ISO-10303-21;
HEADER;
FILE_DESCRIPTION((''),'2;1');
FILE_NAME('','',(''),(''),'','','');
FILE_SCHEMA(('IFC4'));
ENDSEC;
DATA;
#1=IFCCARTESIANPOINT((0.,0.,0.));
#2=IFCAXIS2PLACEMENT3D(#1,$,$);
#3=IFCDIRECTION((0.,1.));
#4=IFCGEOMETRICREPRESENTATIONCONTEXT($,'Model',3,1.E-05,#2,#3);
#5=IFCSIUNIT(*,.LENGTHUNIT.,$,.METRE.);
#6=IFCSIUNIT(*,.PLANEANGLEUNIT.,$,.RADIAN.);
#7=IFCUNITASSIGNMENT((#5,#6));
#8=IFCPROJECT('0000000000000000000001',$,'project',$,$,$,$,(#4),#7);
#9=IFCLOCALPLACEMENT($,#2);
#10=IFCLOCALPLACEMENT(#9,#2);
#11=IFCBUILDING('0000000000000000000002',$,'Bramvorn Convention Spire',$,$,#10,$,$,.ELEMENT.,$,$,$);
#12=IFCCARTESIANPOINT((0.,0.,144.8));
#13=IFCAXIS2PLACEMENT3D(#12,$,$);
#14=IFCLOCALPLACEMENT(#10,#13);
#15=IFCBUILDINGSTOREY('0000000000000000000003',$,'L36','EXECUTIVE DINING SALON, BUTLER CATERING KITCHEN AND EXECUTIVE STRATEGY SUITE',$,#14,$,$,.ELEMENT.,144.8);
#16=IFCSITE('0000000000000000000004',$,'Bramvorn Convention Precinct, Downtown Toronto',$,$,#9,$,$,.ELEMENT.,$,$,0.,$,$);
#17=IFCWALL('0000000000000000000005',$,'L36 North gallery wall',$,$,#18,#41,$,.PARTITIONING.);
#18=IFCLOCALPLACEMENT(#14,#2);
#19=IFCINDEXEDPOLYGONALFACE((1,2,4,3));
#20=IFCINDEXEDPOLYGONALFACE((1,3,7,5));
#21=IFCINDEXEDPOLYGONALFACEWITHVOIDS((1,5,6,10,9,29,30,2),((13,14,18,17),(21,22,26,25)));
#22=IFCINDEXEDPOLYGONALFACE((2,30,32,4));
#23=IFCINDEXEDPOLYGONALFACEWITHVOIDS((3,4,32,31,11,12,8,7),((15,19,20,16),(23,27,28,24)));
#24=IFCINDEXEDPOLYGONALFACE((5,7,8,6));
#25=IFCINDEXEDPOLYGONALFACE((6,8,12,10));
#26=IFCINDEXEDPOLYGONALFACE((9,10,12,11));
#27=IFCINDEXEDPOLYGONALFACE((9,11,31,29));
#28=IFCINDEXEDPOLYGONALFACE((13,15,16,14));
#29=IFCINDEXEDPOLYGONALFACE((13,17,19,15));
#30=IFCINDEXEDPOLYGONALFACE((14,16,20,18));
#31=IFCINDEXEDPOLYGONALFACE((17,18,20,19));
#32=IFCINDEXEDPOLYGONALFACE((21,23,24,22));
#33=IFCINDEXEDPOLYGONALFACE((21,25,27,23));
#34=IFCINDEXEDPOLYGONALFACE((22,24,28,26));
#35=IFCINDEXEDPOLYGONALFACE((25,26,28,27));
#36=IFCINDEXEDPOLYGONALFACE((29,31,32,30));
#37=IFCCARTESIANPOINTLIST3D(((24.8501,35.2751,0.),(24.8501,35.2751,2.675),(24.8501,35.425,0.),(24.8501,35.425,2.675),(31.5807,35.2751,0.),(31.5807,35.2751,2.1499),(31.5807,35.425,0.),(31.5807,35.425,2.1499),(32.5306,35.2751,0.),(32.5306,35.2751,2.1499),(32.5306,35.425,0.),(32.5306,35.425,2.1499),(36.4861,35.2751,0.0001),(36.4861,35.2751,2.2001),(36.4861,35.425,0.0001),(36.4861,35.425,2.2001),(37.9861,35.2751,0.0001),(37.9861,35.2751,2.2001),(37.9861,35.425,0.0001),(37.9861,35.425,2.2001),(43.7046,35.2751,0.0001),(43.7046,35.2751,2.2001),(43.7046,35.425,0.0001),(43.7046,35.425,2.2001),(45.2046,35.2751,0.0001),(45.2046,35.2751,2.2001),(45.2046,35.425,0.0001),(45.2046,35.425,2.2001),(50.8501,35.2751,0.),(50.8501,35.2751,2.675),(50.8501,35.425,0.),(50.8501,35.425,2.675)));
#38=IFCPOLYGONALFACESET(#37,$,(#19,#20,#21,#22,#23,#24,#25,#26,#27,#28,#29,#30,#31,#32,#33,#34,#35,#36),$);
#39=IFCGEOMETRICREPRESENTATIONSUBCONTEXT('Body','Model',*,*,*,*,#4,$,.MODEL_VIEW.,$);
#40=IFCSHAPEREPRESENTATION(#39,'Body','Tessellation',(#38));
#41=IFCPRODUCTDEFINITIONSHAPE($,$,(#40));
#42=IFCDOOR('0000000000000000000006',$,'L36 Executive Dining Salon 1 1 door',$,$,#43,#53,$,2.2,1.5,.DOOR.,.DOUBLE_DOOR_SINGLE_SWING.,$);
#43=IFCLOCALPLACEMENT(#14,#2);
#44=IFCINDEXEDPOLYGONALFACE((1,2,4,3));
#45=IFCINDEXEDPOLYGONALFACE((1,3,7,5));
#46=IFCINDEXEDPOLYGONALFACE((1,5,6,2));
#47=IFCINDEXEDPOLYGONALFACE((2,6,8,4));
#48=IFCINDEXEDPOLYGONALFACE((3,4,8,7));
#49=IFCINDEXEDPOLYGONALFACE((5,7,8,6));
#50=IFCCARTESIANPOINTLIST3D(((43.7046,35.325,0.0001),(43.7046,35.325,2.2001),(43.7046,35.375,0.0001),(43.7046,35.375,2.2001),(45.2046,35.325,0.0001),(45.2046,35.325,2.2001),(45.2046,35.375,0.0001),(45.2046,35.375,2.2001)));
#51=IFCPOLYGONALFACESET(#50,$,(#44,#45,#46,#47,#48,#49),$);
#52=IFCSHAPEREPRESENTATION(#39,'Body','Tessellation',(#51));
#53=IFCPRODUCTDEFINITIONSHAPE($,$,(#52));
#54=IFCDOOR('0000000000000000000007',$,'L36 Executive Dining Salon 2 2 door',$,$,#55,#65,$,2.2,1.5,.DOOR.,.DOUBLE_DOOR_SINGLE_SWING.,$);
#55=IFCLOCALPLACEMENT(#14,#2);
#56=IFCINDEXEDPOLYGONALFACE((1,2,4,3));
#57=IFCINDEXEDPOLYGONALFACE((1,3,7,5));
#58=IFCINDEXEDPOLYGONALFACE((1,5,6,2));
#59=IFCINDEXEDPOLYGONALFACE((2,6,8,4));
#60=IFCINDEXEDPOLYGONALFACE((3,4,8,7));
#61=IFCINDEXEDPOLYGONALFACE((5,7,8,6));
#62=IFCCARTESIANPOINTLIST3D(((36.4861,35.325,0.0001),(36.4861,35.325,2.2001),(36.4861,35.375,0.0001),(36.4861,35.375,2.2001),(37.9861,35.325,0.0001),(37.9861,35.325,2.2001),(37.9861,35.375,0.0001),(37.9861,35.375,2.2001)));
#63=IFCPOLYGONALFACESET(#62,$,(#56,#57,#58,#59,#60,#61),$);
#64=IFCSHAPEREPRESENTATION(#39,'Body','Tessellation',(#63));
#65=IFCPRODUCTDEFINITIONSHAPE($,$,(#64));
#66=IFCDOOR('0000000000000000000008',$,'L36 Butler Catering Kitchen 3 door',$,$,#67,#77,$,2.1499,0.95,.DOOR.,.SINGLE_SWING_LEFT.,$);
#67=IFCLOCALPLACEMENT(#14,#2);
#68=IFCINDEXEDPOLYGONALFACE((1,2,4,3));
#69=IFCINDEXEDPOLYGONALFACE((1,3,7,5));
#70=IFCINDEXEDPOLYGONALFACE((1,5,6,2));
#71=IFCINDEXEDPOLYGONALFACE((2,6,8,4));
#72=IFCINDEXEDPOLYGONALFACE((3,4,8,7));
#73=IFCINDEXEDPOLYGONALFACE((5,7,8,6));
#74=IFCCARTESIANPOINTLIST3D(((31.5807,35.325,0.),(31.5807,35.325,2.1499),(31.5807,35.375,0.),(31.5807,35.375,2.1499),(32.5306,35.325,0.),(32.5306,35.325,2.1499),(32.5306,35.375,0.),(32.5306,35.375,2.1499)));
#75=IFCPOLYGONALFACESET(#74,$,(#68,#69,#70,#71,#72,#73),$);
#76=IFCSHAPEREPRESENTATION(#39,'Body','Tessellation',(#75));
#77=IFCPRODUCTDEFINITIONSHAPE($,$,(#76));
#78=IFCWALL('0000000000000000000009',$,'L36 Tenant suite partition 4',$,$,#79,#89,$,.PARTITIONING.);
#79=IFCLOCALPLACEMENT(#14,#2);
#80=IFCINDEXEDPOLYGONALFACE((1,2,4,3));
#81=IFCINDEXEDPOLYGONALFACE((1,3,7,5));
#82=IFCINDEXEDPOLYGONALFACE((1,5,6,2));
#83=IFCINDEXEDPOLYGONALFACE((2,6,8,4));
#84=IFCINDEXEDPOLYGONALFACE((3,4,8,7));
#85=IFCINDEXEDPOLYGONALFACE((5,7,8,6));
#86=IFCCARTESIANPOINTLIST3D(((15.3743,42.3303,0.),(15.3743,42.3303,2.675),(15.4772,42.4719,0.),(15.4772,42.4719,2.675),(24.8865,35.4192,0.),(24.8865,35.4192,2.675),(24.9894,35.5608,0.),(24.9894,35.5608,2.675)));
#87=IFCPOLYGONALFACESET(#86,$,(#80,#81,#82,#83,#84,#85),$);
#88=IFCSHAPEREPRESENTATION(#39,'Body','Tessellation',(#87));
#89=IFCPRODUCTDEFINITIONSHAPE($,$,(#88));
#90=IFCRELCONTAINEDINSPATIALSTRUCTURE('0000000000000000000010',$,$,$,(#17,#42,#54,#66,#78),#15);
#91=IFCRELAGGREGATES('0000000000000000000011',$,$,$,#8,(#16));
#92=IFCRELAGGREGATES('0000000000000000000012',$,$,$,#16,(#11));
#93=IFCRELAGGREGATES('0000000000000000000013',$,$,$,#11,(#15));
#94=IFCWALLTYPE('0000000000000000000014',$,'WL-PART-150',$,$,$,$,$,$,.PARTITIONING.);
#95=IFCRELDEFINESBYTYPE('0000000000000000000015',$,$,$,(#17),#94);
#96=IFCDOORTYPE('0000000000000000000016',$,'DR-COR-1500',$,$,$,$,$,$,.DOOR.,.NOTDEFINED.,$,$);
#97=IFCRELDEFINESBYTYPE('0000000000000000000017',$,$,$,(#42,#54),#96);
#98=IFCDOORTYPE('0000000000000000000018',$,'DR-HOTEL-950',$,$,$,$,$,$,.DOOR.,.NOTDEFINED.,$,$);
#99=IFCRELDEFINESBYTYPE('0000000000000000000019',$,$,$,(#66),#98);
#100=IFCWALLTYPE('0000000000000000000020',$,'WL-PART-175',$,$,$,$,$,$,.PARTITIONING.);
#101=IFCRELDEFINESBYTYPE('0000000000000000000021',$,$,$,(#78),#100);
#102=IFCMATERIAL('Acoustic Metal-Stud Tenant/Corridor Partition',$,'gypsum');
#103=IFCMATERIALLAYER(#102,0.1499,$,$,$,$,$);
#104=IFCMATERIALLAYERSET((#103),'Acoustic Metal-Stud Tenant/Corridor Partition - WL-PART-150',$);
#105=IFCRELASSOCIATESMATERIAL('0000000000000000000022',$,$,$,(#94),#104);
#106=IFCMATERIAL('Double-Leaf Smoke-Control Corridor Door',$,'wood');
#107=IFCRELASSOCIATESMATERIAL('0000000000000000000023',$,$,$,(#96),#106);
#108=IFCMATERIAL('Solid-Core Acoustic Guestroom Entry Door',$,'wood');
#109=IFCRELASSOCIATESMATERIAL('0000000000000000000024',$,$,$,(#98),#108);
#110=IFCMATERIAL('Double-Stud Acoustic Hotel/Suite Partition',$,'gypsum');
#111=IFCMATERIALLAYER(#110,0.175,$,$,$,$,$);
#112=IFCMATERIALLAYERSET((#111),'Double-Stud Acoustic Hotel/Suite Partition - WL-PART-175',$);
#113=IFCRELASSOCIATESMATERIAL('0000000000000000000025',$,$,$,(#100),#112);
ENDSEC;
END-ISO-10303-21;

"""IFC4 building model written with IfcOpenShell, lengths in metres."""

from ifc_helpers import new_model, si_unit, direction, frame, frame_2d, origin, place, context, subcontext, project, spatial, rectangle, extrude, material, layer, layer_set, type_object, element, fill, save


model = new_model("IFC4")

# Units and contexts
model_context = context("Model", 3, precision=1e-05, world=origin(), true_north=direction((0.0, 1.0)))
body_context = subcontext(model_context, "Body", "Model", "MODEL_VIEW")
ifc_project = project(units=[si_unit("LENGTHUNIT", "METRE"), si_unit("PLANEANGLEUNIT", "RADIAN")], contexts=[model_context])

# Site, building, storey
site_placement = place(None, origin())
site = spatial("IfcSite", under=ifc_project, at=site_placement, Name="Bramvorn Convention Precinct, Downtown Toronto", CompositionType="ELEMENT", RefElevation=0.0)
building_placement = place(site_placement, origin())
building = spatial("IfcBuilding", under=site, at=building_placement, Name="Bramvorn Convention Spire", CompositionType="ELEMENT")
storey_placement = place(building_placement, frame((0.0, 0.0, 144.8)))
storey = spatial("IfcBuildingStorey", under=building, at=storey_placement, Name="L36", Description="EXECUTIVE DINING SALON, BUTLER CATERING KITCHEN AND EXECUTIVE STRATEGY SUITE", CompositionType="ELEMENT", Elevation=144.8)

# Wall, openings, doors
ifc_material_1 = material(Name="Acoustic Metal-Stud Tenant/Corridor Partition", Category="gypsum")
ifc_layer_1 = layer(ifc_material_1, 0.1499)
ifc_layer_set_1 = layer_set([ifc_layer_1], Name="Acoustic Metal-Stud Tenant/Corridor Partition - WL-PART-150")
wall_type_1 = type_object("IfcWallType", Name="WL-PART-150", PredefinedType="PARTITIONING", material=ifc_layer_set_1)
wall_1_placement = place(storey_placement, frame((24.8501, 35.3501, 0.0), z_axis=(0.0, 0.0, 1.0), x_axis=(1.0, 0.0, 0.0)))
wall_1 = element("IfcWall", 1, at=wall_1_placement, inside=storey, type_object=wall_type_1, Name="L36 North gallery wall", PredefinedType="PARTITIONING", context=body_context, shape_type="SweptSolid", body=[
    extrude(rectangle(XDim=26.0, YDim=0.1499, at=frame_2d((13.0, 0.0))), origin(), (0.0, 0.0, 1.0), 2.675),
])
opening_1_placement = place(wall_1_placement, frame((18.8545, 0.0, 0.0)))
opening_1 = element("IfcOpeningElement", 2, at=opening_1_placement, cuts=wall_1, PredefinedType="OPENING", context=body_context, shape_type="SweptSolid", body=[
    extrude(rectangle(XDim=1.5, YDim=2.2, at=frame_2d((0.75, 1.1001))), frame((0.0, 0.085, 0.0), z_axis=(0.0, -1.0, 0.0), x_axis=(1.0, 0.0, 0.0)), (0.0, 0.0, 1.0), 0.1699),
])
opening_2_placement = place(wall_1_placement, frame((11.636, 0.0, 0.0)))
opening_2 = element("IfcOpeningElement", 3, at=opening_2_placement, cuts=wall_1, PredefinedType="OPENING", context=body_context, shape_type="SweptSolid", body=[
    extrude(rectangle(XDim=1.5, YDim=2.2, at=frame_2d((0.75, 1.1001))), frame((0.0, 0.085, 0.0), z_axis=(0.0, -1.0, 0.0), x_axis=(1.0, 0.0, 0.0)), (0.0, 0.0, 1.0), 0.1699),
])
opening_3_placement = place(wall_1_placement, frame((6.7305, 0.0, 0.0)))
opening_3 = element("IfcOpeningElement", 4, at=opening_3_placement, cuts=wall_1, PredefinedType="OPENING", context=body_context, shape_type="SweptSolid", body=[
    extrude(rectangle(XDim=0.95, YDim=2.1499, at=frame_2d((0.4751, 1.075))), frame((0.0, 0.085, 0.0), z_axis=(0.0, -1.0, 0.0), x_axis=(1.0, 0.0, 0.0)), (0.0, 0.0, 1.0), 0.1699),
])
ifc_material_2 = material(Name="Double-Leaf Smoke-Control Corridor Door", Category="wood")
door_type_1 = type_object("IfcDoorType", Name="DR-COR-1500", OperationType="NOTDEFINED", PredefinedType="DOOR", material=ifc_material_2)
door_1_placement = place(opening_1_placement, origin())
door_1 = element("IfcDoor", 5, at=door_1_placement, inside=storey, type_object=door_type_1, Name="L36 Executive Dining Salon 1 1 door", OperationType="DOUBLE_DOOR_SINGLE_SWING", OverallHeight=2.2, OverallWidth=1.5, PredefinedType="DOOR", context=body_context, shape_type="SweptSolid", body=[
    extrude(rectangle(XDim=1.5, YDim=2.2, at=frame_2d((0.75, 1.1001))), frame((0.0, 0.0249, 0.0), z_axis=(0.0, -1.0, 0.0), x_axis=(1.0, 0.0, 0.0)), (0.0, 0.0, 1.0), 0.05),
])
fill(opening_1, door_1)
door_2_placement = place(opening_2_placement, origin())
door_2 = element("IfcDoor", 6, at=door_2_placement, inside=storey, type_object=door_type_1, Name="L36 Executive Dining Salon 2 2 door", OperationType="DOUBLE_DOOR_SINGLE_SWING", OverallHeight=2.2, OverallWidth=1.5, PredefinedType="DOOR", context=body_context, shape_type="SweptSolid", body=[
    extrude(rectangle(XDim=1.5, YDim=2.2, at=frame_2d((0.75, 1.1001))), frame((0.0, 0.0249, 0.0), z_axis=(0.0, -1.0, 0.0), x_axis=(1.0, 0.0, 0.0)), (0.0, 0.0, 1.0), 0.05),
])
fill(opening_2, door_2)
ifc_material_3 = material(Name="Solid-Core Acoustic Guestroom Entry Door", Category="wood")
door_type_2 = type_object("IfcDoorType", Name="DR-HOTEL-950", OperationType="NOTDEFINED", PredefinedType="DOOR", material=ifc_material_3)
door_3_placement = place(opening_3_placement, origin())
door_3 = element("IfcDoor", 7, at=door_3_placement, inside=storey, type_object=door_type_2, Name="L36 Butler Catering Kitchen 3 door", OperationType="SINGLE_SWING_LEFT", OverallHeight=2.1499, OverallWidth=0.95, PredefinedType="DOOR", context=body_context, shape_type="SweptSolid", body=[
    extrude(rectangle(XDim=0.95, YDim=2.1499, at=frame_2d((0.4751, 1.075))), frame((0.0, 0.0249, 0.0), z_axis=(0.0, -1.0, 0.0), x_axis=(1.0, 0.0, 0.0)), (0.0, 0.0, 1.0), 0.05),
])
fill(opening_3, door_3)

# Wall
ifc_material_4 = material(Name="Double-Stud Acoustic Hotel/Suite Partition", Category="gypsum")
ifc_layer_2 = layer(ifc_material_4, 0.175)
ifc_layer_set_2 = layer_set([ifc_layer_2], Name="Double-Stud Acoustic Hotel/Suite Partition - WL-PART-175")
wall_type_2 = type_object("IfcWallType", Name="WL-PART-175", PredefinedType="PARTITIONING", material=ifc_layer_set_2)
wall_2_placement = place(storey_placement, frame((24.938, 35.49, 0.0), z_axis=(0.0, 0.0, 1.0), x_axis=(-0.809013, 0.587791, 0.0)))
element("IfcWall", 8, at=wall_2_placement, inside=storey, type_object=wall_type_2, Name="L36 Tenant suite partition 4", PredefinedType="PARTITIONING", context=body_context, shape_type="SweptSolid", body=[
    extrude(rectangle(XDim=11.7578, YDim=0.175, at=frame_2d((5.8789, 0.0))), origin(), (0.0, 0.0, 1.0), 2.675),
])

save(model, "model.ifc")
